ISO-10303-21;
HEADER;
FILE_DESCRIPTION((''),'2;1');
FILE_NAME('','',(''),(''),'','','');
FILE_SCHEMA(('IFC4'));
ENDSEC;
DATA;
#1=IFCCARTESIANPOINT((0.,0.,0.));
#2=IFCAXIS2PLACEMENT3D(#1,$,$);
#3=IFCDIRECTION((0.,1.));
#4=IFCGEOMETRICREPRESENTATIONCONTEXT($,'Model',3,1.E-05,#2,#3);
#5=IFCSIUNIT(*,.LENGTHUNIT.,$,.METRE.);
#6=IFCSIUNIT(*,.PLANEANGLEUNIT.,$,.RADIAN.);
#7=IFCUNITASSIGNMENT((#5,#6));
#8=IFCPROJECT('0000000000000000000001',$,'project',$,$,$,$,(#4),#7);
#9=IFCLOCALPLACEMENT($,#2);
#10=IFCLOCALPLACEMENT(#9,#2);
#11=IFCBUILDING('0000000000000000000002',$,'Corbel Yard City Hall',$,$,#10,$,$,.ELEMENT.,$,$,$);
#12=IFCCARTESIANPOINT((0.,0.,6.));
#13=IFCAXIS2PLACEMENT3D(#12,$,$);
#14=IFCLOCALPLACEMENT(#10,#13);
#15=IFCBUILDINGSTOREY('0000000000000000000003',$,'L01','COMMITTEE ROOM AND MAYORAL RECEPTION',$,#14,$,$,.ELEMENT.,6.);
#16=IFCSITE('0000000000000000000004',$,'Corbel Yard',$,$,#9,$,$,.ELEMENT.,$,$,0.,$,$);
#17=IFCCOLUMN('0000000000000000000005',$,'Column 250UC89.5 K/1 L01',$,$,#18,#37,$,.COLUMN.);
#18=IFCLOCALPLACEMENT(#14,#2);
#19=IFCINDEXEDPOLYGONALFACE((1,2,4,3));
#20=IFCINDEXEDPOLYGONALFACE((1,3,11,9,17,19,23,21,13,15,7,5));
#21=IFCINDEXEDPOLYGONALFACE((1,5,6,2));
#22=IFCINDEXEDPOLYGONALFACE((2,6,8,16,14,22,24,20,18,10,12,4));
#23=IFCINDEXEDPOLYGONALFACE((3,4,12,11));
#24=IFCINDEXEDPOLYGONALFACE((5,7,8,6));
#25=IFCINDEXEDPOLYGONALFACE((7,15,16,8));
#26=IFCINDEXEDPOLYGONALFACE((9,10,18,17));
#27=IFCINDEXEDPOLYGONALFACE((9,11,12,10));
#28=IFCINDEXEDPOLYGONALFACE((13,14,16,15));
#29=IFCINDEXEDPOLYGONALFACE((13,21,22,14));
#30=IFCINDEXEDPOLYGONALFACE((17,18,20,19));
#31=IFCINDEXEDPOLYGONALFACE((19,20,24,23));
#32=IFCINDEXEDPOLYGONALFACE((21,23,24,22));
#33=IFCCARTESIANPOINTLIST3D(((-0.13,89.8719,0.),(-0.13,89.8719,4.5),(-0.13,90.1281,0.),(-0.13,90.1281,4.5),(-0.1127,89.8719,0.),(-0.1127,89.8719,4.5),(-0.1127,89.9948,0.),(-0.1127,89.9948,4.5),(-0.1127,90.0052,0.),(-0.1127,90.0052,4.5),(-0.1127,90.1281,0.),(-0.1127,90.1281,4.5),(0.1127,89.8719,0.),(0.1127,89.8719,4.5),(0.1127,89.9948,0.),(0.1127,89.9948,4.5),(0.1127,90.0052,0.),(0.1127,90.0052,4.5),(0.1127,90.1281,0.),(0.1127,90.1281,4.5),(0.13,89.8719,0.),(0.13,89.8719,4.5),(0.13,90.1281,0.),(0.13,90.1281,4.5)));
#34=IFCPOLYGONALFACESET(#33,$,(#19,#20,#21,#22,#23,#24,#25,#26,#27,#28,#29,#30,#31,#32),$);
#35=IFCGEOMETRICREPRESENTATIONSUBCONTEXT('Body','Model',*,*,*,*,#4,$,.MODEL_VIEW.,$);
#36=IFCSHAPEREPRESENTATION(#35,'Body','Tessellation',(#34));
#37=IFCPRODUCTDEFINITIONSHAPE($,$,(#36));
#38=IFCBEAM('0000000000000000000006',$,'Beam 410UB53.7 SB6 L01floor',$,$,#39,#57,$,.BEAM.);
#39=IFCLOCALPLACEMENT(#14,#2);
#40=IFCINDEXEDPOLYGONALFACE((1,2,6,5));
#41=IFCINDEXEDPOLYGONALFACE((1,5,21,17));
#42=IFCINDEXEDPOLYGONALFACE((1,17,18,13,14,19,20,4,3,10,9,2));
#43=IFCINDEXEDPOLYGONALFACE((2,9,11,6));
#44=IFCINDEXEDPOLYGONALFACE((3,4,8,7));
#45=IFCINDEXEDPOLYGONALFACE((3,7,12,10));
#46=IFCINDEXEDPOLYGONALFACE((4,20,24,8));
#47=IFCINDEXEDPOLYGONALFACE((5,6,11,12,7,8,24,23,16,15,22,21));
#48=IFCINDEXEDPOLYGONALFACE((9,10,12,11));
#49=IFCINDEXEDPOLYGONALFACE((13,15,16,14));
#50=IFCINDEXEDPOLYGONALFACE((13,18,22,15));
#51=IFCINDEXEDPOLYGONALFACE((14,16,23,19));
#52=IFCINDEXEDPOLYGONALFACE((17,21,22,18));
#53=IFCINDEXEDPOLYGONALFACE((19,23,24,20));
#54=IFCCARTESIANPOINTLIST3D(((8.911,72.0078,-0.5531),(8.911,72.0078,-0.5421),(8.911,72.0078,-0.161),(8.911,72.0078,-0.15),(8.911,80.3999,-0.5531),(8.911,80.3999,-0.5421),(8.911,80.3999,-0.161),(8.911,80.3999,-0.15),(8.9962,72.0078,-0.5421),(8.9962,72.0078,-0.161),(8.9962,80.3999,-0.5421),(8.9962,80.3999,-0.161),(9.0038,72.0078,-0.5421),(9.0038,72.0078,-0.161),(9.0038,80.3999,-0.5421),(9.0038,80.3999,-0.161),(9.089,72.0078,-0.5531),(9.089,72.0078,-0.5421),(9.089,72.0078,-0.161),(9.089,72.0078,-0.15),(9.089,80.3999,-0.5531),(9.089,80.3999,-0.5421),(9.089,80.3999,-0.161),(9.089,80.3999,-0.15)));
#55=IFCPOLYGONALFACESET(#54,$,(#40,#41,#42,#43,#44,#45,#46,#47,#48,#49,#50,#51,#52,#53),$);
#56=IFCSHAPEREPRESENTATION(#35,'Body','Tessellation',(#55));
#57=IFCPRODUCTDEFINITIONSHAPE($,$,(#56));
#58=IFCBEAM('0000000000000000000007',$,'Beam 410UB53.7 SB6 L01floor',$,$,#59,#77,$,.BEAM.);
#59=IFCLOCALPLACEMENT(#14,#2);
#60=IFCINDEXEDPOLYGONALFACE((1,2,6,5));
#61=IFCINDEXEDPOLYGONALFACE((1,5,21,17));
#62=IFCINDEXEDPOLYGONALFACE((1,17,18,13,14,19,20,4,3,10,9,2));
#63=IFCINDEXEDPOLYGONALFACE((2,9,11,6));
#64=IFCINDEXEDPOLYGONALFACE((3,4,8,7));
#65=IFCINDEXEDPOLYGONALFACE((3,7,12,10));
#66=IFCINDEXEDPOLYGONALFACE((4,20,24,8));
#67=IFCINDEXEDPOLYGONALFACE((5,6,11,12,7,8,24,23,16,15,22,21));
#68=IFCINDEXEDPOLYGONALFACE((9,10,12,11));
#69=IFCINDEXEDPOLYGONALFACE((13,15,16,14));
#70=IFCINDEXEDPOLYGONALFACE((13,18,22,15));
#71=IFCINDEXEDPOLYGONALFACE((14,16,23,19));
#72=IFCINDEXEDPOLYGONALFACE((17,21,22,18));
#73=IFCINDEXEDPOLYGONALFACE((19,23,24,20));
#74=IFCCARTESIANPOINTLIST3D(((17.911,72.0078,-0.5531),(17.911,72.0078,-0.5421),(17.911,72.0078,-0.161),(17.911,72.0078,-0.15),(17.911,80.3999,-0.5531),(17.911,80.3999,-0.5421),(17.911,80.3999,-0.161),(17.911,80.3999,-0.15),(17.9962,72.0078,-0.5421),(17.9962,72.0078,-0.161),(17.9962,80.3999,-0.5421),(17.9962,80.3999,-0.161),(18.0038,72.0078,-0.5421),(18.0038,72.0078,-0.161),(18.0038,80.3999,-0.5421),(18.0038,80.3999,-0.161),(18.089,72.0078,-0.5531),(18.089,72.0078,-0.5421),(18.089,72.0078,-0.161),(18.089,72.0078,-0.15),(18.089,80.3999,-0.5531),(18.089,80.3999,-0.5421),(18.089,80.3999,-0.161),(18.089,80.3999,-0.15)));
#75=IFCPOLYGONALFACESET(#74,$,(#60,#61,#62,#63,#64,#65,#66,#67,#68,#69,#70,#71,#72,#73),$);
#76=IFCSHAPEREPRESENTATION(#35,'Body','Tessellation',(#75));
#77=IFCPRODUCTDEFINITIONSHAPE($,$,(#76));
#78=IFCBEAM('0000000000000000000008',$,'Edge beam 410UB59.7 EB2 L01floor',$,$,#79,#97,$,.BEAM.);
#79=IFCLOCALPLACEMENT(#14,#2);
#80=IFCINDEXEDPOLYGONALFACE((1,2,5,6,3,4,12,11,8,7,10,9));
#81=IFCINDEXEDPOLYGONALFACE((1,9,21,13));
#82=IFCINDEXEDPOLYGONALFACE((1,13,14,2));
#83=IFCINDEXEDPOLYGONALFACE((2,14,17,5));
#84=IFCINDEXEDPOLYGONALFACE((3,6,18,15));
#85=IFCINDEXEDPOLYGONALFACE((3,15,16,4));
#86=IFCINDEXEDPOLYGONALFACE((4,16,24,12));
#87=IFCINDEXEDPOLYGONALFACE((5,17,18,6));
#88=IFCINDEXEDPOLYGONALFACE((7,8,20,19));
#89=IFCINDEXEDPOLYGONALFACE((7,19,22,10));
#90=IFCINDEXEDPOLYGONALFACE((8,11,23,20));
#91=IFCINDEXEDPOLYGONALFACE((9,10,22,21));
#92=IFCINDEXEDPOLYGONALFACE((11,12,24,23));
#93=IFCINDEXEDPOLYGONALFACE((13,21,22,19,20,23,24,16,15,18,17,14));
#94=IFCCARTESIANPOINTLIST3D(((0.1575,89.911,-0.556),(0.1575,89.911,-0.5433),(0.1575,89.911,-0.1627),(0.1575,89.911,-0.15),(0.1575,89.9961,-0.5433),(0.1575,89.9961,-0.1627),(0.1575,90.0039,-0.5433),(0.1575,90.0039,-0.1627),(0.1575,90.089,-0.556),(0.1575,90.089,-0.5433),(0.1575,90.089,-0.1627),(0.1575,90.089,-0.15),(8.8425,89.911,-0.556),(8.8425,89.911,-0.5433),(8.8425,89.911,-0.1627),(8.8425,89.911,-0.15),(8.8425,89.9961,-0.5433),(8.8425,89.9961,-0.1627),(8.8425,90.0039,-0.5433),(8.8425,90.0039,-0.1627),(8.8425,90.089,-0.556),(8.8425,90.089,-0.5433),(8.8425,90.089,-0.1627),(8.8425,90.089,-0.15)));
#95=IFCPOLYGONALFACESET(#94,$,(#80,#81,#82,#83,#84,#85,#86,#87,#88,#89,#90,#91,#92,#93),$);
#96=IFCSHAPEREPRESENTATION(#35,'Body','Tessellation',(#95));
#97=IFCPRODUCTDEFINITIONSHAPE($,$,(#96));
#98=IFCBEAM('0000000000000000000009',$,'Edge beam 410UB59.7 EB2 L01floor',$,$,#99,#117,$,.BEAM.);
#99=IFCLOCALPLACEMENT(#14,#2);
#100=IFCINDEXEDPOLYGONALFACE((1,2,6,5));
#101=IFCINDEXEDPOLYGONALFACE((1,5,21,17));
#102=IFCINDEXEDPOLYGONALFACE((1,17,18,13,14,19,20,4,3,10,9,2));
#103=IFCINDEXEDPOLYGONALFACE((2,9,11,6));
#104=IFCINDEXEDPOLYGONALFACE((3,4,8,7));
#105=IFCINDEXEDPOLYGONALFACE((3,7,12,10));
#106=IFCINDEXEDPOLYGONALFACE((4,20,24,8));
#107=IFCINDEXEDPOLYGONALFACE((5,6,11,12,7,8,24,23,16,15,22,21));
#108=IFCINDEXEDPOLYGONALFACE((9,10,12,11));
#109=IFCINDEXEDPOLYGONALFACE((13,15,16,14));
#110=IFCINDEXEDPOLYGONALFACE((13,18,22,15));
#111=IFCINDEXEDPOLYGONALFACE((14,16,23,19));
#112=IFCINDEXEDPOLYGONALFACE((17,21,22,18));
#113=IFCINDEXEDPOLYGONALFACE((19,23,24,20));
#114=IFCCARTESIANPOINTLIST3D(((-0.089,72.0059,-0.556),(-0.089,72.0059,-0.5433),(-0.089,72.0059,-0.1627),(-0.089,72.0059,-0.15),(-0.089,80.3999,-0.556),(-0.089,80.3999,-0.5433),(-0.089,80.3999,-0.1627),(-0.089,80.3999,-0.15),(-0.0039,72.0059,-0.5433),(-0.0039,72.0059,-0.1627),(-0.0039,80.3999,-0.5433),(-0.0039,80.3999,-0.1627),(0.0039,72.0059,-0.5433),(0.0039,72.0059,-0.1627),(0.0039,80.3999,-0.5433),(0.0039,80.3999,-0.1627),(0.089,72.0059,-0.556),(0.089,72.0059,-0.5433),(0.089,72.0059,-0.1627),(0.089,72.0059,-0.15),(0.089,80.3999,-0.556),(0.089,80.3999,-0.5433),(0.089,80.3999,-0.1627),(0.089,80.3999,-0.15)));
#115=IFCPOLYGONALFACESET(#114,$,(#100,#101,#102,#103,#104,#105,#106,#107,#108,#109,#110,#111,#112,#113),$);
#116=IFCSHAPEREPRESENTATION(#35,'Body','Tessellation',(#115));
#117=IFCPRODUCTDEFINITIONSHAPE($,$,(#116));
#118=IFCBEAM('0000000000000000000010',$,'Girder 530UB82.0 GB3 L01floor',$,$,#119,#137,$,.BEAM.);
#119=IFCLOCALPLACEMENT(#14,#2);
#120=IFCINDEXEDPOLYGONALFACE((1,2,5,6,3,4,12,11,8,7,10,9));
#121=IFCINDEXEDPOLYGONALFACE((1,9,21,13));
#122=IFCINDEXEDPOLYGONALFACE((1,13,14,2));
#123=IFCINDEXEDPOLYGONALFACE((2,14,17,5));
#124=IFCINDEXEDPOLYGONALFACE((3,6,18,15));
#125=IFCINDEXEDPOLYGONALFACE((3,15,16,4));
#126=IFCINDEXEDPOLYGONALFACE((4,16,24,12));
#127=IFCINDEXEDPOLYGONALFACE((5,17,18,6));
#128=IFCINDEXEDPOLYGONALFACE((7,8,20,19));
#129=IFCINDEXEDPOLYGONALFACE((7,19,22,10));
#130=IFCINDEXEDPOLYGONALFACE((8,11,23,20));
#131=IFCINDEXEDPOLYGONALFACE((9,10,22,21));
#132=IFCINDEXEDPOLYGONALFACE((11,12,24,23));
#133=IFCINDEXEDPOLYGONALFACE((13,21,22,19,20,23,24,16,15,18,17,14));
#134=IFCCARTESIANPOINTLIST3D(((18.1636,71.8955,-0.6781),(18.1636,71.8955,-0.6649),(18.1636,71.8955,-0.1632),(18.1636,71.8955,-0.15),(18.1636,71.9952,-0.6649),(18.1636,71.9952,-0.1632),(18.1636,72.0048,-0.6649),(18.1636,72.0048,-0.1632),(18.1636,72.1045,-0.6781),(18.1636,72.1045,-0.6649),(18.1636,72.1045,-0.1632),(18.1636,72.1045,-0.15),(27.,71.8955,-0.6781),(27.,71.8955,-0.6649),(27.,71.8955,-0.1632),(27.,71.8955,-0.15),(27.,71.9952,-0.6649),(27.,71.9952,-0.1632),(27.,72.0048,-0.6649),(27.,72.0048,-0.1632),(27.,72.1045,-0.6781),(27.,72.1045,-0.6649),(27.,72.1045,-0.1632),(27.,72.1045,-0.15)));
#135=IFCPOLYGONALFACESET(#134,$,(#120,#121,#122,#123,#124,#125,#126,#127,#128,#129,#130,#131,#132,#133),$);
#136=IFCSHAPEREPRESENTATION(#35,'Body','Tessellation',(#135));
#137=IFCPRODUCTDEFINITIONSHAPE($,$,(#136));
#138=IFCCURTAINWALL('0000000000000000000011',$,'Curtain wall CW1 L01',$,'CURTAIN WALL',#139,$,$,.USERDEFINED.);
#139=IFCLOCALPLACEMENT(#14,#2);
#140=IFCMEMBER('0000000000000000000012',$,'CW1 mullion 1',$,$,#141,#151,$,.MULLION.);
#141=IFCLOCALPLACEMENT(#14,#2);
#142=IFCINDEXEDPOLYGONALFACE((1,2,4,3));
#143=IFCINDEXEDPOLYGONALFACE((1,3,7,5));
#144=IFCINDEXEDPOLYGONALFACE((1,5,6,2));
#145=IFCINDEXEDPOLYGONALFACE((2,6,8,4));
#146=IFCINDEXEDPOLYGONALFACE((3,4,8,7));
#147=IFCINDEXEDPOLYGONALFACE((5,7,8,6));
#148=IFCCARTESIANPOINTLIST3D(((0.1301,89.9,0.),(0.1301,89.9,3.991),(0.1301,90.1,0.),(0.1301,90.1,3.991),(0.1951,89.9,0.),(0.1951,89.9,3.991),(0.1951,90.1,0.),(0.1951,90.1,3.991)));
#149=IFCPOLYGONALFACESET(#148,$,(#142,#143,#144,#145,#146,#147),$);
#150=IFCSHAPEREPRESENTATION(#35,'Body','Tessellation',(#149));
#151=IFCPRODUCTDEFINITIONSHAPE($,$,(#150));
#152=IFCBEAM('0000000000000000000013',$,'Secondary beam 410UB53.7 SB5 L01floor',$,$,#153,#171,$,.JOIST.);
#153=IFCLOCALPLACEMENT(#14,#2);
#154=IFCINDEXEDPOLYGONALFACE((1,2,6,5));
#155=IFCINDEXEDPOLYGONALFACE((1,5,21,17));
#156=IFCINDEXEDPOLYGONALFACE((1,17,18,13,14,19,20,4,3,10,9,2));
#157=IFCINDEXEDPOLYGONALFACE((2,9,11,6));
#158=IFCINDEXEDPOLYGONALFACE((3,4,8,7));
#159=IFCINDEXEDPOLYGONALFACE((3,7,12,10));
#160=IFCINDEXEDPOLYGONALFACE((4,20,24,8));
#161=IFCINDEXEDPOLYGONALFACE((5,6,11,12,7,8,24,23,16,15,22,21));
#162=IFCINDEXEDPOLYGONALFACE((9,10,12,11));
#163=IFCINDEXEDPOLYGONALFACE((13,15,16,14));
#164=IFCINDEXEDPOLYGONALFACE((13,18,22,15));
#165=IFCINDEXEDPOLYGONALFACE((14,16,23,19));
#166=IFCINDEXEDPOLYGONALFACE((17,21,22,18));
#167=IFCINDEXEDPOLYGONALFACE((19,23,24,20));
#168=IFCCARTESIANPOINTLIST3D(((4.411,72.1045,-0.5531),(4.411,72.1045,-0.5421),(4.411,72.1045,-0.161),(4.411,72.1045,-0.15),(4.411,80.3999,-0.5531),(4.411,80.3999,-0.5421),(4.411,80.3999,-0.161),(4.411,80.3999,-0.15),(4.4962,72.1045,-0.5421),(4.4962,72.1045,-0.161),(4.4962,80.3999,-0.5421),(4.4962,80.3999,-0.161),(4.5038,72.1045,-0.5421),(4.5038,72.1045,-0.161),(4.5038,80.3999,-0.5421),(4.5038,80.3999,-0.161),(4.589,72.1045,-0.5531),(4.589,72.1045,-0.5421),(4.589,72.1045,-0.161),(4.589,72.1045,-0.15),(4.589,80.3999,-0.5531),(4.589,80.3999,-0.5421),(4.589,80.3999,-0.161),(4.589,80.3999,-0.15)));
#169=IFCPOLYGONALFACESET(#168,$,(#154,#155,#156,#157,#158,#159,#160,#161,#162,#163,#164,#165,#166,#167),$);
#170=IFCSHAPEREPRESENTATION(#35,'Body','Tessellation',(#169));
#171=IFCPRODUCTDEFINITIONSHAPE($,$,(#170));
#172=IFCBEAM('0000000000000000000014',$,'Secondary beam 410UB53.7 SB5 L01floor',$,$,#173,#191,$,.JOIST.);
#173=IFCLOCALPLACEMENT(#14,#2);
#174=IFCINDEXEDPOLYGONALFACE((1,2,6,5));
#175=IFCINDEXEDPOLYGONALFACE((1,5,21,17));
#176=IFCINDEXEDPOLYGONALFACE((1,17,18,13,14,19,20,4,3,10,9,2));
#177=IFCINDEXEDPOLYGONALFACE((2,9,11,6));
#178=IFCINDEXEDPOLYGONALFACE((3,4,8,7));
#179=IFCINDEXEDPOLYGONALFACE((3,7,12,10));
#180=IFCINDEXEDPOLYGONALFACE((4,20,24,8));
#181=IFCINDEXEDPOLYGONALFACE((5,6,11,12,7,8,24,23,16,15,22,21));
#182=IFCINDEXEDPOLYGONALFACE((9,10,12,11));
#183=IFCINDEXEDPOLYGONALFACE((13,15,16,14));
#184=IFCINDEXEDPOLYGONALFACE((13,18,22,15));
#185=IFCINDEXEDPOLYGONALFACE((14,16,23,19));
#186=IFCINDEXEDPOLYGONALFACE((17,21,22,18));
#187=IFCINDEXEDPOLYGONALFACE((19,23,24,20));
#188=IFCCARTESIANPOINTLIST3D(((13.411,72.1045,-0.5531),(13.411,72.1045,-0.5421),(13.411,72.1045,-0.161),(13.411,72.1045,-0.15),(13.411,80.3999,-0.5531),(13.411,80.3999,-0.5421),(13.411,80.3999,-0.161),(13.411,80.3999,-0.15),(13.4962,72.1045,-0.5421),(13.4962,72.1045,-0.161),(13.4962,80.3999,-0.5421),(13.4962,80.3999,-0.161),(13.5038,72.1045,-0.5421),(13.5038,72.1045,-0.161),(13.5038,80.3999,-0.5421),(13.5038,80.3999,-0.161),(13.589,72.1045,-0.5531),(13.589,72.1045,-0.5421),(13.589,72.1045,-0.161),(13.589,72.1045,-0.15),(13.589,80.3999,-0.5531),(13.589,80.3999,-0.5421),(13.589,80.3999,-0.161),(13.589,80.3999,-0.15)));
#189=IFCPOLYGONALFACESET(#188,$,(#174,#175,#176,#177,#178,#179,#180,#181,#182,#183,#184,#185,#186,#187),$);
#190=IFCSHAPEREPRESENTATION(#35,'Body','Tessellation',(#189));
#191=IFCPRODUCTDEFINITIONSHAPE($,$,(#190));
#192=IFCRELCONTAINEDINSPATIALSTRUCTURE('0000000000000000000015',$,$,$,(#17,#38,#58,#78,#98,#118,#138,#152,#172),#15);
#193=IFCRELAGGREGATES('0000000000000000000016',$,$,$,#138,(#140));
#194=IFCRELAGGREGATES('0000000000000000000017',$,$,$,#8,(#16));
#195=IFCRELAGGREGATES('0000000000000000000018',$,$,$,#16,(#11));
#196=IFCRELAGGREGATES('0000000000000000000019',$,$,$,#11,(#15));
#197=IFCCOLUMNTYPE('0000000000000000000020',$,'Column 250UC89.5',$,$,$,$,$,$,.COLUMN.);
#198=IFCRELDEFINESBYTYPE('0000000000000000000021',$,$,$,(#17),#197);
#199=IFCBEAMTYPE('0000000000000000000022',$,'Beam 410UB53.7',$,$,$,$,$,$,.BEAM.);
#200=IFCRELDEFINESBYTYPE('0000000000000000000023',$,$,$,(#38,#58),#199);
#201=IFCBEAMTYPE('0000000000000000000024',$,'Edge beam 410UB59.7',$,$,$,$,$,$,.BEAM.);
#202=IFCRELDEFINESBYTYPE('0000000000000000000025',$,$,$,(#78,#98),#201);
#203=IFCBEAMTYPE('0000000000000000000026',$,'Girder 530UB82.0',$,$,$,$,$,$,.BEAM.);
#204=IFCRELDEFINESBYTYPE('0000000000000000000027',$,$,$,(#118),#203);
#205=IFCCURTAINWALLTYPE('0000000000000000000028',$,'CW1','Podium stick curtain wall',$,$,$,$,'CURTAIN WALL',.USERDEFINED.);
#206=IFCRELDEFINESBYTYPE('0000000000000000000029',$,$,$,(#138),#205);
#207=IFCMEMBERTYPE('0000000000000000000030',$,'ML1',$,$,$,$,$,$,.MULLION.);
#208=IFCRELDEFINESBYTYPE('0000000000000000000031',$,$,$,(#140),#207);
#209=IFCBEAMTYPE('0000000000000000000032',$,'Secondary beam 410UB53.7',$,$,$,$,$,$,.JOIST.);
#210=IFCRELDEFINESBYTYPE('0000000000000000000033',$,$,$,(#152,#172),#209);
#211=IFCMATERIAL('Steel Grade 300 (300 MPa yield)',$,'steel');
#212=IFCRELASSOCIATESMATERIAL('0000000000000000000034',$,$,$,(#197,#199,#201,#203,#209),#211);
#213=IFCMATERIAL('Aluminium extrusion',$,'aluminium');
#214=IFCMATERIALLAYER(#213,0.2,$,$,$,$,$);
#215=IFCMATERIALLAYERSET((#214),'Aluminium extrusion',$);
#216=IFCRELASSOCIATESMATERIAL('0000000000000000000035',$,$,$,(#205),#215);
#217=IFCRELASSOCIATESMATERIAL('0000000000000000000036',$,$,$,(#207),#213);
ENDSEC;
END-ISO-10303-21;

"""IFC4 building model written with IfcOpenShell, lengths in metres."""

from ifc_helpers import new_model, si_unit, direction, frame, origin, origin_2d, place, context, subcontext, project, spatial, rectangle, i_section, extrude, material, layer, layer_set, material_profile, profile_set, type_object, element, aggregate, save


model = new_model("IFC4")

# Units and contexts
model_context = context("Model", 3, precision=1e-05, world=origin(), true_north=direction((0.0, 1.0)))
body_context = subcontext(model_context, "Body", "Model", "MODEL_VIEW")
ifc_project = project(units=[si_unit("LENGTHUNIT", "METRE"), si_unit("PLANEANGLEUNIT", "RADIAN")], contexts=[model_context])

# Site, building, storey
site_placement = place(None, origin())
site = spatial("IfcSite", under=ifc_project, at=site_placement, Name="Corbel Yard", CompositionType="ELEMENT", RefElevation=0.0)
building_placement = place(site_placement, origin())
building = spatial("IfcBuilding", under=site, at=building_placement, Name="Corbel Yard City Hall", CompositionType="ELEMENT")
storey_placement = place(building_placement, frame((0.0, 0.0, 6.0)))
storey = spatial("IfcBuildingStorey", under=building, at=storey_placement, Name="L01", Description="COMMITTEE ROOM AND MAYORAL RECEPTION", CompositionType="ELEMENT", Elevation=6.0)

# Column
ifc_material_1 = material(Name="Steel Grade 300 (300 MPa yield)", Category="steel")
ifc_material_profile_1 = material_profile(ifc_material_1, i_section(OverallWidth=0.2561, OverallDepth=0.26, WebThickness=0.0105, FlangeThickness=0.0173, at=origin_2d()), Name="250UC89.5")
ifc_profile_set_1 = profile_set([ifc_material_profile_1], Name="Steel Grade 300 (300 MPa yield)")
column_type = type_object("IfcColumnType", Name="Column 250UC89.5", PredefinedType="COLUMN", material=ifc_profile_set_1)
column_placement = place(storey_placement, frame((0.0, 90.0, 0.0), z_axis=(0.0, 0.0, 1.0), x_axis=(0.0, 1.0, 0.0)))
element("IfcColumn", 1, at=column_placement, inside=storey, type_object=column_type, Name="Column 250UC89.5 K/1 L01", PredefinedType="COLUMN", context=body_context, shape_type="SweptSolid", body=[
    extrude(i_section(OverallWidth=0.2561, OverallDepth=0.26, WebThickness=0.0105, FlangeThickness=0.0173, at=origin_2d()), origin(), (0.0, 0.0, 1.0), 4.5),
])

# Beams
ifc_material_profile_2 = material_profile(ifc_material_1, i_section(OverallWidth=0.178, OverallDepth=0.4031, WebThickness=0.0076, FlangeThickness=0.011, at=origin_2d()), Name="410UB53.7")
ifc_profile_set_2 = profile_set([ifc_material_profile_2], Name="Steel Grade 300 (300 MPa yield)")
beam_type_1 = type_object("IfcBeamType", Name="Beam 410UB53.7", PredefinedType="BEAM", material=ifc_profile_set_2)
for number, where, z_axis, x_axis, name in (
    (2, (9.0, 72.0078, -0.3516), (0.0, 1.0, 0.0), (-1.0, 0.0, 0.0), "Beam 410UB53.7 SB6 L01floor"),
    (3, (18.0, 72.0078, -0.3516), (0.0, 1.0, 0.0), (-1.0, 0.0, 0.0), "Beam 410UB53.7 SB6 L01floor"),
):
    element("IfcBeam", number, at=place(storey_placement, frame(where, z_axis=z_axis, x_axis=x_axis)), inside=storey, type_object=beam_type_1, Name=name, PredefinedType="BEAM", context=body_context, shape_type="SweptSolid", body=[
        extrude(i_section(OverallWidth=0.178, OverallDepth=0.4031, WebThickness=0.0076, FlangeThickness=0.011, at=origin_2d()), origin(), (0.0, 0.0, 1.0), 8.3921),
    ])
ifc_material_profile_3 = material_profile(ifc_material_1, i_section(OverallWidth=0.178, OverallDepth=0.406, WebThickness=0.0078, FlangeThickness=0.0127, at=origin_2d()), Name="410UB59.7")
ifc_profile_set_3 = profile_set([ifc_material_profile_3], Name="Steel Grade 300 (300 MPa yield)")
beam_type_2 = type_object("IfcBeamType", Name="Edge beam 410UB59.7", PredefinedType="BEAM", material=ifc_profile_set_3)
beam_1_placement = place(storey_placement, frame((0.1575, 90.0, -0.353), z_axis=(1.0, 0.0, 0.0), x_axis=(0.0, 1.0, 0.0)))
element("IfcBeam", 4, at=beam_1_placement, inside=storey, type_object=beam_type_2, Name="Edge beam 410UB59.7 EB2 L01floor", PredefinedType="BEAM", context=body_context, shape_type="SweptSolid", body=[
    extrude(i_section(OverallWidth=0.178, OverallDepth=0.406, WebThickness=0.0078, FlangeThickness=0.0127, at=origin_2d()), origin(), (0.0, 0.0, 1.0), 8.6851),
])
beam_2_placement = place(storey_placement, frame((0.0, 72.0059, -0.353), z_axis=(0.0, 1.0, 0.0), x_axis=(-1.0, 0.0, 0.0)))
element("IfcBeam", 5, at=beam_2_placement, inside=storey, type_object=beam_type_2, Name="Edge beam 410UB59.7 EB2 L01floor", PredefinedType="BEAM", context=body_context, shape_type="SweptSolid", body=[
    extrude(i_section(OverallWidth=0.178, OverallDepth=0.406, WebThickness=0.0078, FlangeThickness=0.0127, at=origin_2d()), origin(), (0.0, 0.0, 1.0), 8.394),
])
ifc_material_profile_4 = material_profile(ifc_material_1, i_section(OverallWidth=0.209, OverallDepth=0.5281, WebThickness=0.0095, FlangeThickness=0.0132, at=origin_2d()), Name="530UB82.0")
ifc_profile_set_4 = profile_set([ifc_material_profile_4], Name="Steel Grade 300 (300 MPa yield)")
beam_type_3 = type_object("IfcBeamType", Name="Girder 530UB82.0", PredefinedType="BEAM", material=ifc_profile_set_4)
beam_3_placement = place(storey_placement, frame((18.1636, 72.0, -0.4141), z_axis=(1.0, 0.0, 0.0), x_axis=(0.0, 1.0, 0.0)))
element("IfcBeam", 6, at=beam_3_placement, inside=storey, type_object=beam_type_3, Name="Girder 530UB82.0 GB3 L01floor", PredefinedType="BEAM", context=body_context, shape_type="SweptSolid", body=[
    extrude(i_section(OverallWidth=0.209, OverallDepth=0.5281, WebThickness=0.0095, FlangeThickness=0.0132, at=origin_2d()), origin(), (0.0, 0.0, 1.0), 8.8364),
])

# Curtain wall, member
ifc_material_2 = material(Name="Aluminium extrusion", Category="aluminium")
ifc_layer_1 = layer(ifc_material_2, 0.2)
ifc_layer_set_1 = layer_set([ifc_layer_1], Name="Aluminium extrusion")
curtain_wall_type = type_object("IfcCurtainWallType", Name="CW1", Description="Podium stick curtain wall", ElementType="CURTAIN WALL", PredefinedType="USERDEFINED", material=ifc_layer_set_1)
curtain_wall_placement = place(storey_placement, origin())
curtain_wall = element("IfcCurtainWall", 7, at=curtain_wall_placement, inside=storey, type_object=curtain_wall_type, Name="Curtain wall CW1 L01", ObjectType="CURTAIN WALL", PredefinedType="USERDEFINED")
ifc_material_profile_5 = material_profile(ifc_material_2, rectangle(XDim=0.2, YDim=0.0649, at=origin_2d()), Name="200x65")
ifc_profile_set_5 = profile_set([ifc_material_profile_5], Name="Aluminium extrusion")
member_type_1 = type_object("IfcMemberType", Name="ML1", PredefinedType="MULLION", material=ifc_profile_set_5)
member_1_placement = place(storey_placement, frame((0.1626, 90.0, 0.0), z_axis=(0.0, 0.0, 1.0), x_axis=(0.0, 1.0, 0.0)))
member_1 = element("IfcMember", 8, at=member_1_placement, type_object=member_type_1, Name="CW1 mullion 1", PredefinedType="MULLION", context=body_context, shape_type="SweptSolid", body=[
    extrude(rectangle(XDim=0.2, YDim=0.0649, at=origin_2d()), origin(), (0.0, 0.0, 1.0), 3.991),
])

# Beams
ifc_material_profile_6 = material_profile(ifc_material_1, i_section(OverallWidth=0.178, OverallDepth=0.4031, WebThickness=0.0076, FlangeThickness=0.011, at=origin_2d()), Name="410UB53.7")
ifc_profile_set_6 = profile_set([ifc_material_profile_6], Name="Steel Grade 300 (300 MPa yield)")
beam_type_4 = type_object("IfcBeamType", Name="Secondary beam 410UB53.7", PredefinedType="JOIST", material=ifc_profile_set_6)
for number, where, z_axis, x_axis, name in (
    (9, (4.5, 72.1045, -0.3516), (0.0, 1.0, 0.0), (-1.0, 0.0, 0.0), "Secondary beam 410UB53.7 SB5 L01floor"),
    (10, (13.5, 72.1045, -0.3516), (0.0, 1.0, 0.0), (-1.0, 0.0, 0.0), "Secondary beam 410UB53.7 SB5 L01floor"),
):
    element("IfcBeam", number, at=place(storey_placement, frame(where, z_axis=z_axis, x_axis=x_axis)), inside=storey, type_object=beam_type_4, Name=name, PredefinedType="JOIST", context=body_context, shape_type="SweptSolid", body=[
        extrude(i_section(OverallWidth=0.178, OverallDepth=0.4031, WebThickness=0.0076, FlangeThickness=0.011, at=origin_2d()), origin(), (0.0, 0.0, 1.0), 8.2954),
    ])

aggregate(curtain_wall, [member_1])

save(model, "model.ifc")
